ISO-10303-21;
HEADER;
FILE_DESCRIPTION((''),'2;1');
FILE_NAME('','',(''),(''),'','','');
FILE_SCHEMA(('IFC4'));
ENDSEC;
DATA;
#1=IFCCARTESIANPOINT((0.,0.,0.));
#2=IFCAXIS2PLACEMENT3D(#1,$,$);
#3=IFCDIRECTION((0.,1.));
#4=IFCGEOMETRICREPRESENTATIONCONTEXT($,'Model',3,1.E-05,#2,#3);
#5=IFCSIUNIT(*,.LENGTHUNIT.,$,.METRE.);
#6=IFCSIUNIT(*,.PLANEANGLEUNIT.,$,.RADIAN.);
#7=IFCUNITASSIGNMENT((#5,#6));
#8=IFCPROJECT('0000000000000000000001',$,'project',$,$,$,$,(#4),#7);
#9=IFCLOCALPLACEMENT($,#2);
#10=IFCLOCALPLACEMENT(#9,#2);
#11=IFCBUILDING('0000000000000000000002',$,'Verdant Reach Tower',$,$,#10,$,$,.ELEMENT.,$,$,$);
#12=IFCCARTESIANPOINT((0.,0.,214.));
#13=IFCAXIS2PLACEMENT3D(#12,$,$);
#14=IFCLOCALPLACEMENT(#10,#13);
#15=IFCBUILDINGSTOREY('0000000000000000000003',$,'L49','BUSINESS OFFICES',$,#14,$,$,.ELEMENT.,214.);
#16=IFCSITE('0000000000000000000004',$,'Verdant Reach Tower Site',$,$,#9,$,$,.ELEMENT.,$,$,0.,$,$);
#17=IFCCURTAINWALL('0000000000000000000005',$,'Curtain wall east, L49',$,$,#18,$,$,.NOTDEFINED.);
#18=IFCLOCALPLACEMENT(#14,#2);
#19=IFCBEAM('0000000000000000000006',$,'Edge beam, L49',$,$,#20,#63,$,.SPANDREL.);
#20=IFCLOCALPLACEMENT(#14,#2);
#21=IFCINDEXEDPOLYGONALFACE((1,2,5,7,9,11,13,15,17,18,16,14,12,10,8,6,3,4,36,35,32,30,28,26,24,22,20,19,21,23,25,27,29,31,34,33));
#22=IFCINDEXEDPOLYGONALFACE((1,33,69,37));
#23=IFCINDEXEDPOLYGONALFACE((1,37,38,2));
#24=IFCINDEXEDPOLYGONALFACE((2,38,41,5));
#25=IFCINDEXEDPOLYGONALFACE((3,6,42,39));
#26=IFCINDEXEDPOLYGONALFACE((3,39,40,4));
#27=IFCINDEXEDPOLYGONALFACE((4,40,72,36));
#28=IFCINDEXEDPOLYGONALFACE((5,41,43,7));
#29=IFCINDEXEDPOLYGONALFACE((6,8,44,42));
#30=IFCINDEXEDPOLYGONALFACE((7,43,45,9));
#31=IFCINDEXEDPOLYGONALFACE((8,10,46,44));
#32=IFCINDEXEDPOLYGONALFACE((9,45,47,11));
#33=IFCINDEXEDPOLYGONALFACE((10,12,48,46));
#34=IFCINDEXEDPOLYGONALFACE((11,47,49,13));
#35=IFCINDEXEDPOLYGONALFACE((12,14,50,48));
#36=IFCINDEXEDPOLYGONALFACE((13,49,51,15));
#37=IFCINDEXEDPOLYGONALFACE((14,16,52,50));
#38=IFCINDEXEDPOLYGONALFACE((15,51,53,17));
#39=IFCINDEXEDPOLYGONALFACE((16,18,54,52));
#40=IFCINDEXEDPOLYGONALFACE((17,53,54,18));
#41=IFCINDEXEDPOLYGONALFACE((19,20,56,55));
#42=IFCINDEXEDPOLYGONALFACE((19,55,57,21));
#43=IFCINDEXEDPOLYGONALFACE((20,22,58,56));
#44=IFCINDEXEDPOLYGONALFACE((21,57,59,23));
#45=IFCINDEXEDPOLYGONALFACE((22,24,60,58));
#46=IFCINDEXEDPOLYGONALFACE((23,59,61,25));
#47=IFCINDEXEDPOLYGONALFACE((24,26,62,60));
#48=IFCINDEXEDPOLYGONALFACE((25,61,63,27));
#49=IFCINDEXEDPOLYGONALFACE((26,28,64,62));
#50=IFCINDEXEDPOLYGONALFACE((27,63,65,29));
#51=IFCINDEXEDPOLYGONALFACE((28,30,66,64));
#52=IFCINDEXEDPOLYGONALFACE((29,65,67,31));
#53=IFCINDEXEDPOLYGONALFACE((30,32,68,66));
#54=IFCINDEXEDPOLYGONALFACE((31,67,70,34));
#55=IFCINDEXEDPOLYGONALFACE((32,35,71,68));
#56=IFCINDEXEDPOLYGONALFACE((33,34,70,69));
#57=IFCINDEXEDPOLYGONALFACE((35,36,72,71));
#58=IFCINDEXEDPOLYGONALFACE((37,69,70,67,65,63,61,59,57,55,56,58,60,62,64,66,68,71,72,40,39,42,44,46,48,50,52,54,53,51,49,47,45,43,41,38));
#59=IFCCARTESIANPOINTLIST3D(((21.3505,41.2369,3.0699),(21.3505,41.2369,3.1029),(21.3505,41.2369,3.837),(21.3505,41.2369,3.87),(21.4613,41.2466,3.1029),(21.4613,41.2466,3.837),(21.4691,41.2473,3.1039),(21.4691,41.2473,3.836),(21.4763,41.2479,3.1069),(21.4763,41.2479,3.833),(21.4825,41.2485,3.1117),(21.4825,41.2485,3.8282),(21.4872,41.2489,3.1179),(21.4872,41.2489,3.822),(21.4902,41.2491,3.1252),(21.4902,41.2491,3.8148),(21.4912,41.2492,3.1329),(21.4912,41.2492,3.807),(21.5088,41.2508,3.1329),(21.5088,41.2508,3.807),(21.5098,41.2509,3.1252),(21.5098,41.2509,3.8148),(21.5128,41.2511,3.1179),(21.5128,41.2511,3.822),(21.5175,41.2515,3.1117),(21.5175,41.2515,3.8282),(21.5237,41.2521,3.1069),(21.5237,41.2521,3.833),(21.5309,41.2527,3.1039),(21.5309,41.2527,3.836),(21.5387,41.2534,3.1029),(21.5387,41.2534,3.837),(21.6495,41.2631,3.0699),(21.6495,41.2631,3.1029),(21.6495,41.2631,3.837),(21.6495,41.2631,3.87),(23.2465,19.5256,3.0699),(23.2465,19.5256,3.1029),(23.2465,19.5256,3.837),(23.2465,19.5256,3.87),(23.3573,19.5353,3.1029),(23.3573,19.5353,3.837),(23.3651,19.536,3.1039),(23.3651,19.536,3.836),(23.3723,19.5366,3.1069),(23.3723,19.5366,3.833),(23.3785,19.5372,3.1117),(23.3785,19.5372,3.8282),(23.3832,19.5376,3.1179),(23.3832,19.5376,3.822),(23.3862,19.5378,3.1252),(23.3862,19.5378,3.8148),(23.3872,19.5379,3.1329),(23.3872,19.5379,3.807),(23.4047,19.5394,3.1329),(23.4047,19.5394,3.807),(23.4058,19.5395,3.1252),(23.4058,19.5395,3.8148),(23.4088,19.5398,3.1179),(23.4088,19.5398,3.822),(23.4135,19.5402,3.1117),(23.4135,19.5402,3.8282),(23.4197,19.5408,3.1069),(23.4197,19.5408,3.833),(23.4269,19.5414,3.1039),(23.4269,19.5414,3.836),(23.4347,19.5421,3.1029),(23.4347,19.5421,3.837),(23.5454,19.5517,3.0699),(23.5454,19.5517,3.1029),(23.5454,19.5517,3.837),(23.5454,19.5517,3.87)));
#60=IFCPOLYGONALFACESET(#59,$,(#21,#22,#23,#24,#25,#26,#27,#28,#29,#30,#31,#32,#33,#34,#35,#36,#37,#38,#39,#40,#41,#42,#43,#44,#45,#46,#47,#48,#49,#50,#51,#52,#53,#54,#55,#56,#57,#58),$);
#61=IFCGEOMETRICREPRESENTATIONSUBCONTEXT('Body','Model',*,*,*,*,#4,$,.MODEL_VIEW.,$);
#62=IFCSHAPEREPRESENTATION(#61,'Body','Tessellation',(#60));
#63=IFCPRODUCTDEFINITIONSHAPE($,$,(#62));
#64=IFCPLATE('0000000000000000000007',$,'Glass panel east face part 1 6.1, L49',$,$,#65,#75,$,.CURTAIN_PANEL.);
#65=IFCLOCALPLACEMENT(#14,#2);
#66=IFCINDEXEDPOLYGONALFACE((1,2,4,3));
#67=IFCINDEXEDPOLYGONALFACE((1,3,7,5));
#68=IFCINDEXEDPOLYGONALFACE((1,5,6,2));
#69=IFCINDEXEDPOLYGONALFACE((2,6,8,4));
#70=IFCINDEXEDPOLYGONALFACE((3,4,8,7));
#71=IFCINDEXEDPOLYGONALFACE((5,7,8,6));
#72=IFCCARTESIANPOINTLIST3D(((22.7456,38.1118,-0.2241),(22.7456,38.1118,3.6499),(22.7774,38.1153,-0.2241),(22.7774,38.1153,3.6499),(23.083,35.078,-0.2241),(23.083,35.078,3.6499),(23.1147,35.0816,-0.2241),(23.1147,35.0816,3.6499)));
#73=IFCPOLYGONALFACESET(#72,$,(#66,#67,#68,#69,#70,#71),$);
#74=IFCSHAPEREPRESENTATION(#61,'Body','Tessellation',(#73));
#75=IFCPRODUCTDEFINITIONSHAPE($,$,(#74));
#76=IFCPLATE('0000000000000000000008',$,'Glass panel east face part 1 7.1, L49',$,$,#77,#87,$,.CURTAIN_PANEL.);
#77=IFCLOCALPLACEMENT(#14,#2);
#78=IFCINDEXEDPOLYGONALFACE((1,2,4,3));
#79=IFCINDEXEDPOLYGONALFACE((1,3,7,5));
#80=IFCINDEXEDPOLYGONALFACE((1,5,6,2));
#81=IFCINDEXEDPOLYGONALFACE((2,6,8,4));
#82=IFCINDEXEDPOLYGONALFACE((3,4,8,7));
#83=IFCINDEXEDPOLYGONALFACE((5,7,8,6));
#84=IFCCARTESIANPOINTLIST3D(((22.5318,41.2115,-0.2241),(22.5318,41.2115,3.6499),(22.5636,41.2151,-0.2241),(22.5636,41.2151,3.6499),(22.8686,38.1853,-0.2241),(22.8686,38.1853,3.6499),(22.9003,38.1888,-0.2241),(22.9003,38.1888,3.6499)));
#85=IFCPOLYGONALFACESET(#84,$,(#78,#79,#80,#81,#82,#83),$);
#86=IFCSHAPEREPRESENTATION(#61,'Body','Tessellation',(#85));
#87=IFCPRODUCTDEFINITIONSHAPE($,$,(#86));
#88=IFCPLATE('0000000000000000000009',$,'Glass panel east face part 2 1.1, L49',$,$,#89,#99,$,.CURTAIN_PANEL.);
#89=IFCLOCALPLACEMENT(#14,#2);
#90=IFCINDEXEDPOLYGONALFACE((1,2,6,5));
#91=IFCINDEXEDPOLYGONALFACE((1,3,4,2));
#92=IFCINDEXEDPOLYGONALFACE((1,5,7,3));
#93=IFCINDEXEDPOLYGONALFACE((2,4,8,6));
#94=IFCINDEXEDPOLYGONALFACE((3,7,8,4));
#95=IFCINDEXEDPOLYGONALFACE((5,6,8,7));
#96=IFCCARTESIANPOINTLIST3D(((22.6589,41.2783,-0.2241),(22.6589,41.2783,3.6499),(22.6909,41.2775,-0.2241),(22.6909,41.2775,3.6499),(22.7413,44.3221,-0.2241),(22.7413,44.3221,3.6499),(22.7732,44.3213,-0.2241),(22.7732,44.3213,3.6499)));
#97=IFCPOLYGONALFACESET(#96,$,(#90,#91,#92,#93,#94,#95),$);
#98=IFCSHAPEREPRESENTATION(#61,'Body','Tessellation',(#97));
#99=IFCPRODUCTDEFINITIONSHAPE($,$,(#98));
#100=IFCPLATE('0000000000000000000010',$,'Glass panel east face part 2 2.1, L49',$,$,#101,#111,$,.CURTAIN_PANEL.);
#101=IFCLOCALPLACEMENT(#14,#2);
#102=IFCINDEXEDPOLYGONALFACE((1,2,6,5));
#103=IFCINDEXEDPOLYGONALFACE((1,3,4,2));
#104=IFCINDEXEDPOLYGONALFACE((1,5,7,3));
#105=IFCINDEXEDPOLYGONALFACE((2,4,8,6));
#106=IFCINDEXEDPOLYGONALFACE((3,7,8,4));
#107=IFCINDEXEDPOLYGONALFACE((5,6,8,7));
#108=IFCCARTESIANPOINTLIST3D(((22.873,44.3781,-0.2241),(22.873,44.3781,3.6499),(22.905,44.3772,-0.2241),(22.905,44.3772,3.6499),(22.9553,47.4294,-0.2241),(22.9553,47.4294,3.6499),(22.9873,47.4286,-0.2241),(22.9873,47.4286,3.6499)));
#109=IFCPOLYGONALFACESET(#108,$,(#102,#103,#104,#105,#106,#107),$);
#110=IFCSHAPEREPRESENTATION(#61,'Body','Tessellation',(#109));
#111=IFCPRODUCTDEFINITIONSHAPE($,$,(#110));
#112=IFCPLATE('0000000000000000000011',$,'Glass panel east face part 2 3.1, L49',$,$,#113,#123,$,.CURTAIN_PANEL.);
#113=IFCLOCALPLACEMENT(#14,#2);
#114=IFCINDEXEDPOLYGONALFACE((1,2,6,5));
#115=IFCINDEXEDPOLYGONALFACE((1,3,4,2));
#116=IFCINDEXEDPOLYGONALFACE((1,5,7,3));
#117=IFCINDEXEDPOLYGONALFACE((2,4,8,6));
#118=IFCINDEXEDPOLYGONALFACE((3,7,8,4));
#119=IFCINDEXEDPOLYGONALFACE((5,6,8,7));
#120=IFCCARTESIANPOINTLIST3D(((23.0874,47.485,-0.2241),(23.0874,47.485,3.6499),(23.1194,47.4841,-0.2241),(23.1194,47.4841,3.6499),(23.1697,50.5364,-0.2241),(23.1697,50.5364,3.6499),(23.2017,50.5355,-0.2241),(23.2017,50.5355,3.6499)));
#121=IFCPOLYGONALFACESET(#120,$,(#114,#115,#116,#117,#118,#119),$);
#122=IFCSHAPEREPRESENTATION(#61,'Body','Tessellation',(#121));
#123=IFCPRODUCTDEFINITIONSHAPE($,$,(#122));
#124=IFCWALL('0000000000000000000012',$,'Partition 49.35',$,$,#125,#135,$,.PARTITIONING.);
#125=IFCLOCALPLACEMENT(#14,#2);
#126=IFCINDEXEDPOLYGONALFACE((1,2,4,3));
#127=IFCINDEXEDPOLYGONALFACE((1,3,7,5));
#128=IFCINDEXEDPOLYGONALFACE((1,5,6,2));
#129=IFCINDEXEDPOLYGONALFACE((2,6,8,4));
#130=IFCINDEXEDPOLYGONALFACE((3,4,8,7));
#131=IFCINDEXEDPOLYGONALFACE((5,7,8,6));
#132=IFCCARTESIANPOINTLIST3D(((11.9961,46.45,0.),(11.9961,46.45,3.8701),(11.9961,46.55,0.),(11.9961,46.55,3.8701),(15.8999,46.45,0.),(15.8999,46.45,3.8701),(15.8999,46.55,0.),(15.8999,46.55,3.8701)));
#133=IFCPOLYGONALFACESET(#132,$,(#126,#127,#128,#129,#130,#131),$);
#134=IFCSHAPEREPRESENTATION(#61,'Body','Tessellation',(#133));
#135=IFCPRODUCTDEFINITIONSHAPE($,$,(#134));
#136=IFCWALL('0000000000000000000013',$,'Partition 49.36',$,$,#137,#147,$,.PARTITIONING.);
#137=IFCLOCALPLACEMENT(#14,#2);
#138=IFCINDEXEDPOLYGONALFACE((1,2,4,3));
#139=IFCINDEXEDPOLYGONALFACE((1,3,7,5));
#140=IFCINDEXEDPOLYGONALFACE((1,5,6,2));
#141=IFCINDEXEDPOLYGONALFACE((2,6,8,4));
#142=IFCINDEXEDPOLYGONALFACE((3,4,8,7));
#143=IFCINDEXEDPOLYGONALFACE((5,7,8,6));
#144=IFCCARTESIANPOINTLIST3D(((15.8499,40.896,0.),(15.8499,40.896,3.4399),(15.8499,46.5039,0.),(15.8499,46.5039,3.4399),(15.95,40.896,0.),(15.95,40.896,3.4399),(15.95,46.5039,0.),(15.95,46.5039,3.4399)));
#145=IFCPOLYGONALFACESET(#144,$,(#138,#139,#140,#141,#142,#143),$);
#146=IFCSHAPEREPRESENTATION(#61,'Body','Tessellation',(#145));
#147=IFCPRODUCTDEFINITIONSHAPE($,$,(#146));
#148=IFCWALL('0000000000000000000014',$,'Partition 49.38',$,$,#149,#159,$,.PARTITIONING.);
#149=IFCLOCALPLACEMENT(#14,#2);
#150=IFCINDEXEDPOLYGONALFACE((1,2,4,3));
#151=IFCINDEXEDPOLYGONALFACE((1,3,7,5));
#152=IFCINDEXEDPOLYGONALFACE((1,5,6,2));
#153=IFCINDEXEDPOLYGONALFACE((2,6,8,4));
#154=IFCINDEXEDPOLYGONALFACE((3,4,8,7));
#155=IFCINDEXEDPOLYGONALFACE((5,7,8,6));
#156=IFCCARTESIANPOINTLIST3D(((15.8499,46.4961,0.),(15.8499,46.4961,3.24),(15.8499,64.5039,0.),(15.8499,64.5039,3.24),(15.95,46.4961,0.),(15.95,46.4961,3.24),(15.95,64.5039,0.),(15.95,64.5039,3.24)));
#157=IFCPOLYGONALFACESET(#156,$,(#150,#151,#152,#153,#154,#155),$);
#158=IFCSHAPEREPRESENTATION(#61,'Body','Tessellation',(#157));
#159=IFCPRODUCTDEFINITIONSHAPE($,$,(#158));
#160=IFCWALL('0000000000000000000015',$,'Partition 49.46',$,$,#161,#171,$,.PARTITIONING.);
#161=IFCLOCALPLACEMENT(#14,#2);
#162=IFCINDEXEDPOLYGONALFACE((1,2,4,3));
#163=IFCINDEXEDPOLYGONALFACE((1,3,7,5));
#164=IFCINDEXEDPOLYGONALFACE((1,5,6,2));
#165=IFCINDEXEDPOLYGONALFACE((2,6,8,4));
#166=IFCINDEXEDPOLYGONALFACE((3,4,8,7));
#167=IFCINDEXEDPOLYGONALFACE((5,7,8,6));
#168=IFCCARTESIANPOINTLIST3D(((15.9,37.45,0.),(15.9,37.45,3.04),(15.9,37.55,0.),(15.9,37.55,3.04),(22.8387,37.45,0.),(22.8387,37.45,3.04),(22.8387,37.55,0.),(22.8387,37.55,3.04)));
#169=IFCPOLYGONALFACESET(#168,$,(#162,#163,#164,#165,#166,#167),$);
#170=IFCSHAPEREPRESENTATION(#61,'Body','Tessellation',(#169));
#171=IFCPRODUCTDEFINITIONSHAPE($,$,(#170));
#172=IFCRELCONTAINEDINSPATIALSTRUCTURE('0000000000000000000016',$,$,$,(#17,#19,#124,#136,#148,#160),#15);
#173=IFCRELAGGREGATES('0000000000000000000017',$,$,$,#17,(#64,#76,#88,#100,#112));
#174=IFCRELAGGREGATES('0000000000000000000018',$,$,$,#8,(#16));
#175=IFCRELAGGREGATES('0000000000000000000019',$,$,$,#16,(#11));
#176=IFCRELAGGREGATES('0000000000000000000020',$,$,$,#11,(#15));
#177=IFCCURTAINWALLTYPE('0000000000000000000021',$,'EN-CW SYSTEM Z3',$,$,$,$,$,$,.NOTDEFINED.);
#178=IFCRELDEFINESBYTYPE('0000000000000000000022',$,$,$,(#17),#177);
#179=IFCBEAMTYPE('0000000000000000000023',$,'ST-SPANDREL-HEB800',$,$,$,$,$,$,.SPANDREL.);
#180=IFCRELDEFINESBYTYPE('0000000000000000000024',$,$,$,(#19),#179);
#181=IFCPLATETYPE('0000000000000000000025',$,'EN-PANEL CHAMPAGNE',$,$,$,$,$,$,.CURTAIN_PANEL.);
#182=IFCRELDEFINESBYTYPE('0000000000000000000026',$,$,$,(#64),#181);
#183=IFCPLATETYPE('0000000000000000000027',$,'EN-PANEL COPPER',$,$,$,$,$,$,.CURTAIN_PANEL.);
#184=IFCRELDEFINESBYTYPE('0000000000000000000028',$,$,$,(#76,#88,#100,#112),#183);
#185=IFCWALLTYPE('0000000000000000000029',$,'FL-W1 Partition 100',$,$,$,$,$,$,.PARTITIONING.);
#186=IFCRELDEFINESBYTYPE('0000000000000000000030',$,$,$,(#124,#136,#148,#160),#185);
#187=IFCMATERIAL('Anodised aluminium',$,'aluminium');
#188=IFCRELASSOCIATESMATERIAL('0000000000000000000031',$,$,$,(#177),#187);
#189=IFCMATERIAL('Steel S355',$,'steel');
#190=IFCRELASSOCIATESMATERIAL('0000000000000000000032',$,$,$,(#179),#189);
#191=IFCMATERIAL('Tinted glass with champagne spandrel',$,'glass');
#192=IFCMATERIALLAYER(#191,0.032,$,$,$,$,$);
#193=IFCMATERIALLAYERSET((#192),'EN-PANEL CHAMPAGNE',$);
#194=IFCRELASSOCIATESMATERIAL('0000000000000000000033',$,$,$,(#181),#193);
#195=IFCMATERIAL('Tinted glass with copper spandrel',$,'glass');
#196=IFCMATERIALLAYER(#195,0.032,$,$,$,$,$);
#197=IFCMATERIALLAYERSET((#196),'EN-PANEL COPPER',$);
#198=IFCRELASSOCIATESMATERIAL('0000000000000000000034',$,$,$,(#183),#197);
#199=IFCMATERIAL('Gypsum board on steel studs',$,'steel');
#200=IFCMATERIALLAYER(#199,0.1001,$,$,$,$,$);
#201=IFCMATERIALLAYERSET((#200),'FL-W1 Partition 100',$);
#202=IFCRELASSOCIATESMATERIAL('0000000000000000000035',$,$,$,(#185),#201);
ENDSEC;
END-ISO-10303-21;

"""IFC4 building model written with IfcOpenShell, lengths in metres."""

from ifc_helpers import new_model, si_unit, direction, frame, frame_2d, origin, origin_2d, place, context, subcontext, project, spatial, rectangle, i_section, extrude, material, layer, layer_set, material_profile, profile_set, type_object, element, aggregate, save


model = new_model("IFC4")

# Units and contexts
model_context = context("Model", 3, precision=1e-05, world=origin(), true_north=direction((0.0, 1.0)))
body_context = subcontext(model_context, "Body", "Model", "MODEL_VIEW")
ifc_project = project(units=[si_unit("LENGTHUNIT", "METRE"), si_unit("PLANEANGLEUNIT", "RADIAN")], contexts=[model_context])

# Site, building, storey
site_placement = place(None, origin())
site = spatial("IfcSite", under=ifc_project, at=site_placement, Name="Verdant Reach Tower Site", CompositionType="ELEMENT", RefElevation=0.0)
building_placement = place(site_placement, origin())
building = spatial("IfcBuilding", under=site, at=building_placement, Name="Verdant Reach Tower", CompositionType="ELEMENT")
storey_placement = place(building_placement, frame((0.0, 0.0, 214.0)))
storey = spatial("IfcBuildingStorey", under=building, at=storey_placement, Name="L49", Description="BUSINESS OFFICES", CompositionType="ELEMENT", Elevation=214.0)

# Curtain wall
ifc_material_1 = material(Name="Anodised aluminium", Category="aluminium")
curtain_wall_type = type_object("IfcCurtainWallType", Name="EN-CW SYSTEM Z3", PredefinedType="NOTDEFINED", material=ifc_material_1)
curtain_wall_placement = place(storey_placement, origin())
curtain_wall = element("IfcCurtainWall", 1, at=curtain_wall_placement, inside=storey, type_object=curtain_wall_type, Name="Curtain wall east, L49", PredefinedType="NOTDEFINED")

# Beam
ifc_material_2 = material(Name="Steel S355", Category="steel")
ifc_material_profile_1 = material_profile(ifc_material_2, i_section(OverallWidth=0.3, OverallDepth=0.8, WebThickness=0.0176, FlangeThickness=0.033, FilletRadius=0.03, at=origin_2d()), Name="HEB 800")
ifc_profile_set_1 = profile_set([ifc_material_profile_1], Name="Steel S355")
beam_type_1 = type_object("IfcBeamType", Name="ST-SPANDREL-HEB800", PredefinedType="SPANDREL", material=ifc_profile_set_1)
beam_1_placement = place(storey_placement, frame((21.5, 41.25, 3.47), z_axis=(0.086996, -0.996209, 0.0), x_axis=(0.996209, 0.086996, 0.0)))
element("IfcBeam", 2, at=beam_1_placement, inside=storey, type_object=beam_type_1, Name="Edge beam, L49", PredefinedType="SPANDREL", context=body_context, shape_type="SweptSolid", body=[
    extrude(i_section(OverallWidth=0.3, OverallDepth=0.8, WebThickness=0.0176, FlangeThickness=0.033, FilletRadius=0.03, at=origin_2d()), origin(), (0.0, 0.0, 1.0), 21.7939),
])

# Plates
ifc_material_3 = material(Name="Tinted glass with champagne spandrel", Category="glass")
ifc_layer_1 = layer(ifc_material_3, 0.032)
ifc_layer_set_1 = layer_set([ifc_layer_1], Name="EN-PANEL CHAMPAGNE")
plate_type_1 = type_object("IfcPlateType", Name="EN-PANEL CHAMPAGNE", PredefinedType="CURTAIN_PANEL", material=ifc_layer_set_1)
plate_1_placement = place(storey_placement, frame((22.9302, 36.5967, -0.2241), z_axis=(0.0, 0.0, 1.0), x_axis=(-0.110518, 0.993874, 0.0)))
plate_1 = element("IfcPlate", 3, at=plate_1_placement, type_object=plate_type_1, Name="Glass panel east face part 1 6.1, L49", PredefinedType="CURTAIN_PANEL", context=body_context, shape_type="SweptSolid", body=[
    extrude(rectangle(XDim=3.0525, YDim=0.032, at=origin_2d()), origin(), (0.0, 0.0, 1.0), 3.874),
])
ifc_material_4 = material(Name="Tinted glass with copper spandrel", Category="glass")
ifc_layer_2 = layer(ifc_material_4, 0.032)
ifc_layer_set_2 = layer_set([ifc_layer_2], Name="EN-PANEL COPPER")
plate_type_2 = type_object("IfcPlateType", Name="EN-PANEL COPPER", PredefinedType="CURTAIN_PANEL", material=ifc_layer_set_2)
plate_2_placement = place(storey_placement, frame((22.7161, 39.7002, -0.2241), z_axis=(0.0, 0.0, 1.0), x_axis=(-0.110601, 0.993865, 0.0)))
plate_2 = element("IfcPlate", 4, at=plate_2_placement, type_object=plate_type_2, Name="Glass panel east face part 1 7.1, L49", PredefinedType="CURTAIN_PANEL", context=body_context, shape_type="SweptSolid", body=[
    extrude(rectangle(XDim=3.0449, YDim=0.032, at=origin_2d()), origin(), (0.0, 0.0, 1.0), 3.874),
])
plate_3_placement = place(storey_placement, frame((22.7161, 42.7998, -0.2241), z_axis=(0.0, 0.0, 1.0), x_axis=(0.027048, 0.999634, 0.0)))
plate_3 = element("IfcPlate", 5, at=plate_3_placement, type_object=plate_type_2, Name="Glass panel east face part 2 1.1, L49", PredefinedType="CURTAIN_PANEL", context=body_context, shape_type="SweptSolid", body=[
    extrude(rectangle(XDim=3.0449, YDim=0.032, at=origin_2d()), origin(), (0.0, 0.0, 1.0), 3.874),
])
plate_4_placement = place(storey_placement, frame((22.9302, 45.9033, -0.2241), z_axis=(0.0, 0.0, 1.0), x_axis=(0.026965, 0.999636, 0.0)))
plate_4 = element("IfcPlate", 6, at=plate_4_placement, type_object=plate_type_2, Name="Glass panel east face part 2 2.1, L49", PredefinedType="CURTAIN_PANEL", context=body_context, shape_type="SweptSolid", body=[
    extrude(rectangle(XDim=3.0525, YDim=0.032, at=origin_2d()), origin(), (0.0, 0.0, 1.0), 3.874),
])
plate_5_placement = place(storey_placement, frame((23.1445, 49.0103, -0.2241), z_axis=(0.0, 0.0, 1.0), x_axis=(0.026965, 0.999636, 0.0)))
plate_5 = element("IfcPlate", 7, at=plate_5_placement, type_object=plate_type_2, Name="Glass panel east face part 2 3.1, L49", PredefinedType="CURTAIN_PANEL", context=body_context, shape_type="SweptSolid", body=[
    extrude(rectangle(XDim=3.0525, YDim=0.032, at=origin_2d()), origin(), (0.0, 0.0, 1.0), 3.874),
])
aggregate(curtain_wall, [plate_1, plate_2, plate_3, plate_4, plate_5])

# Walls
ifc_material_5 = material(Name="Gypsum board on steel studs", Category="steel")
ifc_layer_3 = layer(ifc_material_5, 0.1001)
ifc_layer_set_3 = layer_set([ifc_layer_3], Name="FL-W1 Partition 100")
wall_type_1 = type_object("IfcWallType", Name="FL-W1 Partition 100", PredefinedType="PARTITIONING", material=ifc_layer_set_3)
wall_1_placement = place(storey_placement, frame((15.8999, 46.5, 0.0), z_axis=(0.0, 0.0, 1.0), x_axis=(-1.0, 0.0, 0.0)))
element("IfcWall", 8, at=wall_1_placement, inside=storey, type_object=wall_type_1, Name="Partition 49.35", PredefinedType="PARTITIONING", context=body_context, shape_type="SweptSolid", body=[
    extrude(rectangle(XDim=3.9038, YDim=0.1001, at=frame_2d((1.9519, 0.0))), origin(), (0.0, 0.0, 1.0), 3.8701),
])
wall_2_placement = place(storey_placement, frame((15.8999, 40.896, 0.0), z_axis=(0.0, 0.0, 1.0), x_axis=(0.0, 1.0, 0.0)))
element("IfcWall", 9, at=wall_2_placement, inside=storey, type_object=wall_type_1, Name="Partition 49.36", PredefinedType="PARTITIONING", context=body_context, shape_type="SweptSolid", body=[
    extrude(rectangle(XDim=5.6079, YDim=0.1001, at=frame_2d((2.804, 0.0))), origin(), (0.0, 0.0, 1.0), 3.4399),
])
wall_3_placement = place(storey_placement, frame((15.8999, 46.4961, 0.0), z_axis=(0.0, 0.0, 1.0), x_axis=(0.0, 1.0, 0.0)))
element("IfcWall", 10, at=wall_3_placement, inside=storey, type_object=wall_type_1, Name="Partition 49.38", PredefinedType="PARTITIONING", context=body_context, shape_type="SweptSolid", body=[
    extrude(rectangle(XDim=18.0078, YDim=0.1001, at=frame_2d((9.0039, 0.0))), origin(), (0.0, 0.0, 1.0), 3.24),
])
wall_4_placement = place(storey_placement, frame((22.8386, 37.5, 0.0), z_axis=(0.0, 0.0, 1.0), x_axis=(-1.0, 0.0, 0.0)))
element("IfcWall", 11, at=wall_4_placement, inside=storey, type_object=wall_type_1, Name="Partition 49.46", PredefinedType="PARTITIONING", context=body_context, shape_type="SweptSolid", body=[
    extrude(rectangle(XDim=6.9387, YDim=0.1001, at=frame_2d((3.4692, 0.0))), origin(), (0.0, 0.0, 1.0), 3.04),
])

save(model, "model.ifc")
